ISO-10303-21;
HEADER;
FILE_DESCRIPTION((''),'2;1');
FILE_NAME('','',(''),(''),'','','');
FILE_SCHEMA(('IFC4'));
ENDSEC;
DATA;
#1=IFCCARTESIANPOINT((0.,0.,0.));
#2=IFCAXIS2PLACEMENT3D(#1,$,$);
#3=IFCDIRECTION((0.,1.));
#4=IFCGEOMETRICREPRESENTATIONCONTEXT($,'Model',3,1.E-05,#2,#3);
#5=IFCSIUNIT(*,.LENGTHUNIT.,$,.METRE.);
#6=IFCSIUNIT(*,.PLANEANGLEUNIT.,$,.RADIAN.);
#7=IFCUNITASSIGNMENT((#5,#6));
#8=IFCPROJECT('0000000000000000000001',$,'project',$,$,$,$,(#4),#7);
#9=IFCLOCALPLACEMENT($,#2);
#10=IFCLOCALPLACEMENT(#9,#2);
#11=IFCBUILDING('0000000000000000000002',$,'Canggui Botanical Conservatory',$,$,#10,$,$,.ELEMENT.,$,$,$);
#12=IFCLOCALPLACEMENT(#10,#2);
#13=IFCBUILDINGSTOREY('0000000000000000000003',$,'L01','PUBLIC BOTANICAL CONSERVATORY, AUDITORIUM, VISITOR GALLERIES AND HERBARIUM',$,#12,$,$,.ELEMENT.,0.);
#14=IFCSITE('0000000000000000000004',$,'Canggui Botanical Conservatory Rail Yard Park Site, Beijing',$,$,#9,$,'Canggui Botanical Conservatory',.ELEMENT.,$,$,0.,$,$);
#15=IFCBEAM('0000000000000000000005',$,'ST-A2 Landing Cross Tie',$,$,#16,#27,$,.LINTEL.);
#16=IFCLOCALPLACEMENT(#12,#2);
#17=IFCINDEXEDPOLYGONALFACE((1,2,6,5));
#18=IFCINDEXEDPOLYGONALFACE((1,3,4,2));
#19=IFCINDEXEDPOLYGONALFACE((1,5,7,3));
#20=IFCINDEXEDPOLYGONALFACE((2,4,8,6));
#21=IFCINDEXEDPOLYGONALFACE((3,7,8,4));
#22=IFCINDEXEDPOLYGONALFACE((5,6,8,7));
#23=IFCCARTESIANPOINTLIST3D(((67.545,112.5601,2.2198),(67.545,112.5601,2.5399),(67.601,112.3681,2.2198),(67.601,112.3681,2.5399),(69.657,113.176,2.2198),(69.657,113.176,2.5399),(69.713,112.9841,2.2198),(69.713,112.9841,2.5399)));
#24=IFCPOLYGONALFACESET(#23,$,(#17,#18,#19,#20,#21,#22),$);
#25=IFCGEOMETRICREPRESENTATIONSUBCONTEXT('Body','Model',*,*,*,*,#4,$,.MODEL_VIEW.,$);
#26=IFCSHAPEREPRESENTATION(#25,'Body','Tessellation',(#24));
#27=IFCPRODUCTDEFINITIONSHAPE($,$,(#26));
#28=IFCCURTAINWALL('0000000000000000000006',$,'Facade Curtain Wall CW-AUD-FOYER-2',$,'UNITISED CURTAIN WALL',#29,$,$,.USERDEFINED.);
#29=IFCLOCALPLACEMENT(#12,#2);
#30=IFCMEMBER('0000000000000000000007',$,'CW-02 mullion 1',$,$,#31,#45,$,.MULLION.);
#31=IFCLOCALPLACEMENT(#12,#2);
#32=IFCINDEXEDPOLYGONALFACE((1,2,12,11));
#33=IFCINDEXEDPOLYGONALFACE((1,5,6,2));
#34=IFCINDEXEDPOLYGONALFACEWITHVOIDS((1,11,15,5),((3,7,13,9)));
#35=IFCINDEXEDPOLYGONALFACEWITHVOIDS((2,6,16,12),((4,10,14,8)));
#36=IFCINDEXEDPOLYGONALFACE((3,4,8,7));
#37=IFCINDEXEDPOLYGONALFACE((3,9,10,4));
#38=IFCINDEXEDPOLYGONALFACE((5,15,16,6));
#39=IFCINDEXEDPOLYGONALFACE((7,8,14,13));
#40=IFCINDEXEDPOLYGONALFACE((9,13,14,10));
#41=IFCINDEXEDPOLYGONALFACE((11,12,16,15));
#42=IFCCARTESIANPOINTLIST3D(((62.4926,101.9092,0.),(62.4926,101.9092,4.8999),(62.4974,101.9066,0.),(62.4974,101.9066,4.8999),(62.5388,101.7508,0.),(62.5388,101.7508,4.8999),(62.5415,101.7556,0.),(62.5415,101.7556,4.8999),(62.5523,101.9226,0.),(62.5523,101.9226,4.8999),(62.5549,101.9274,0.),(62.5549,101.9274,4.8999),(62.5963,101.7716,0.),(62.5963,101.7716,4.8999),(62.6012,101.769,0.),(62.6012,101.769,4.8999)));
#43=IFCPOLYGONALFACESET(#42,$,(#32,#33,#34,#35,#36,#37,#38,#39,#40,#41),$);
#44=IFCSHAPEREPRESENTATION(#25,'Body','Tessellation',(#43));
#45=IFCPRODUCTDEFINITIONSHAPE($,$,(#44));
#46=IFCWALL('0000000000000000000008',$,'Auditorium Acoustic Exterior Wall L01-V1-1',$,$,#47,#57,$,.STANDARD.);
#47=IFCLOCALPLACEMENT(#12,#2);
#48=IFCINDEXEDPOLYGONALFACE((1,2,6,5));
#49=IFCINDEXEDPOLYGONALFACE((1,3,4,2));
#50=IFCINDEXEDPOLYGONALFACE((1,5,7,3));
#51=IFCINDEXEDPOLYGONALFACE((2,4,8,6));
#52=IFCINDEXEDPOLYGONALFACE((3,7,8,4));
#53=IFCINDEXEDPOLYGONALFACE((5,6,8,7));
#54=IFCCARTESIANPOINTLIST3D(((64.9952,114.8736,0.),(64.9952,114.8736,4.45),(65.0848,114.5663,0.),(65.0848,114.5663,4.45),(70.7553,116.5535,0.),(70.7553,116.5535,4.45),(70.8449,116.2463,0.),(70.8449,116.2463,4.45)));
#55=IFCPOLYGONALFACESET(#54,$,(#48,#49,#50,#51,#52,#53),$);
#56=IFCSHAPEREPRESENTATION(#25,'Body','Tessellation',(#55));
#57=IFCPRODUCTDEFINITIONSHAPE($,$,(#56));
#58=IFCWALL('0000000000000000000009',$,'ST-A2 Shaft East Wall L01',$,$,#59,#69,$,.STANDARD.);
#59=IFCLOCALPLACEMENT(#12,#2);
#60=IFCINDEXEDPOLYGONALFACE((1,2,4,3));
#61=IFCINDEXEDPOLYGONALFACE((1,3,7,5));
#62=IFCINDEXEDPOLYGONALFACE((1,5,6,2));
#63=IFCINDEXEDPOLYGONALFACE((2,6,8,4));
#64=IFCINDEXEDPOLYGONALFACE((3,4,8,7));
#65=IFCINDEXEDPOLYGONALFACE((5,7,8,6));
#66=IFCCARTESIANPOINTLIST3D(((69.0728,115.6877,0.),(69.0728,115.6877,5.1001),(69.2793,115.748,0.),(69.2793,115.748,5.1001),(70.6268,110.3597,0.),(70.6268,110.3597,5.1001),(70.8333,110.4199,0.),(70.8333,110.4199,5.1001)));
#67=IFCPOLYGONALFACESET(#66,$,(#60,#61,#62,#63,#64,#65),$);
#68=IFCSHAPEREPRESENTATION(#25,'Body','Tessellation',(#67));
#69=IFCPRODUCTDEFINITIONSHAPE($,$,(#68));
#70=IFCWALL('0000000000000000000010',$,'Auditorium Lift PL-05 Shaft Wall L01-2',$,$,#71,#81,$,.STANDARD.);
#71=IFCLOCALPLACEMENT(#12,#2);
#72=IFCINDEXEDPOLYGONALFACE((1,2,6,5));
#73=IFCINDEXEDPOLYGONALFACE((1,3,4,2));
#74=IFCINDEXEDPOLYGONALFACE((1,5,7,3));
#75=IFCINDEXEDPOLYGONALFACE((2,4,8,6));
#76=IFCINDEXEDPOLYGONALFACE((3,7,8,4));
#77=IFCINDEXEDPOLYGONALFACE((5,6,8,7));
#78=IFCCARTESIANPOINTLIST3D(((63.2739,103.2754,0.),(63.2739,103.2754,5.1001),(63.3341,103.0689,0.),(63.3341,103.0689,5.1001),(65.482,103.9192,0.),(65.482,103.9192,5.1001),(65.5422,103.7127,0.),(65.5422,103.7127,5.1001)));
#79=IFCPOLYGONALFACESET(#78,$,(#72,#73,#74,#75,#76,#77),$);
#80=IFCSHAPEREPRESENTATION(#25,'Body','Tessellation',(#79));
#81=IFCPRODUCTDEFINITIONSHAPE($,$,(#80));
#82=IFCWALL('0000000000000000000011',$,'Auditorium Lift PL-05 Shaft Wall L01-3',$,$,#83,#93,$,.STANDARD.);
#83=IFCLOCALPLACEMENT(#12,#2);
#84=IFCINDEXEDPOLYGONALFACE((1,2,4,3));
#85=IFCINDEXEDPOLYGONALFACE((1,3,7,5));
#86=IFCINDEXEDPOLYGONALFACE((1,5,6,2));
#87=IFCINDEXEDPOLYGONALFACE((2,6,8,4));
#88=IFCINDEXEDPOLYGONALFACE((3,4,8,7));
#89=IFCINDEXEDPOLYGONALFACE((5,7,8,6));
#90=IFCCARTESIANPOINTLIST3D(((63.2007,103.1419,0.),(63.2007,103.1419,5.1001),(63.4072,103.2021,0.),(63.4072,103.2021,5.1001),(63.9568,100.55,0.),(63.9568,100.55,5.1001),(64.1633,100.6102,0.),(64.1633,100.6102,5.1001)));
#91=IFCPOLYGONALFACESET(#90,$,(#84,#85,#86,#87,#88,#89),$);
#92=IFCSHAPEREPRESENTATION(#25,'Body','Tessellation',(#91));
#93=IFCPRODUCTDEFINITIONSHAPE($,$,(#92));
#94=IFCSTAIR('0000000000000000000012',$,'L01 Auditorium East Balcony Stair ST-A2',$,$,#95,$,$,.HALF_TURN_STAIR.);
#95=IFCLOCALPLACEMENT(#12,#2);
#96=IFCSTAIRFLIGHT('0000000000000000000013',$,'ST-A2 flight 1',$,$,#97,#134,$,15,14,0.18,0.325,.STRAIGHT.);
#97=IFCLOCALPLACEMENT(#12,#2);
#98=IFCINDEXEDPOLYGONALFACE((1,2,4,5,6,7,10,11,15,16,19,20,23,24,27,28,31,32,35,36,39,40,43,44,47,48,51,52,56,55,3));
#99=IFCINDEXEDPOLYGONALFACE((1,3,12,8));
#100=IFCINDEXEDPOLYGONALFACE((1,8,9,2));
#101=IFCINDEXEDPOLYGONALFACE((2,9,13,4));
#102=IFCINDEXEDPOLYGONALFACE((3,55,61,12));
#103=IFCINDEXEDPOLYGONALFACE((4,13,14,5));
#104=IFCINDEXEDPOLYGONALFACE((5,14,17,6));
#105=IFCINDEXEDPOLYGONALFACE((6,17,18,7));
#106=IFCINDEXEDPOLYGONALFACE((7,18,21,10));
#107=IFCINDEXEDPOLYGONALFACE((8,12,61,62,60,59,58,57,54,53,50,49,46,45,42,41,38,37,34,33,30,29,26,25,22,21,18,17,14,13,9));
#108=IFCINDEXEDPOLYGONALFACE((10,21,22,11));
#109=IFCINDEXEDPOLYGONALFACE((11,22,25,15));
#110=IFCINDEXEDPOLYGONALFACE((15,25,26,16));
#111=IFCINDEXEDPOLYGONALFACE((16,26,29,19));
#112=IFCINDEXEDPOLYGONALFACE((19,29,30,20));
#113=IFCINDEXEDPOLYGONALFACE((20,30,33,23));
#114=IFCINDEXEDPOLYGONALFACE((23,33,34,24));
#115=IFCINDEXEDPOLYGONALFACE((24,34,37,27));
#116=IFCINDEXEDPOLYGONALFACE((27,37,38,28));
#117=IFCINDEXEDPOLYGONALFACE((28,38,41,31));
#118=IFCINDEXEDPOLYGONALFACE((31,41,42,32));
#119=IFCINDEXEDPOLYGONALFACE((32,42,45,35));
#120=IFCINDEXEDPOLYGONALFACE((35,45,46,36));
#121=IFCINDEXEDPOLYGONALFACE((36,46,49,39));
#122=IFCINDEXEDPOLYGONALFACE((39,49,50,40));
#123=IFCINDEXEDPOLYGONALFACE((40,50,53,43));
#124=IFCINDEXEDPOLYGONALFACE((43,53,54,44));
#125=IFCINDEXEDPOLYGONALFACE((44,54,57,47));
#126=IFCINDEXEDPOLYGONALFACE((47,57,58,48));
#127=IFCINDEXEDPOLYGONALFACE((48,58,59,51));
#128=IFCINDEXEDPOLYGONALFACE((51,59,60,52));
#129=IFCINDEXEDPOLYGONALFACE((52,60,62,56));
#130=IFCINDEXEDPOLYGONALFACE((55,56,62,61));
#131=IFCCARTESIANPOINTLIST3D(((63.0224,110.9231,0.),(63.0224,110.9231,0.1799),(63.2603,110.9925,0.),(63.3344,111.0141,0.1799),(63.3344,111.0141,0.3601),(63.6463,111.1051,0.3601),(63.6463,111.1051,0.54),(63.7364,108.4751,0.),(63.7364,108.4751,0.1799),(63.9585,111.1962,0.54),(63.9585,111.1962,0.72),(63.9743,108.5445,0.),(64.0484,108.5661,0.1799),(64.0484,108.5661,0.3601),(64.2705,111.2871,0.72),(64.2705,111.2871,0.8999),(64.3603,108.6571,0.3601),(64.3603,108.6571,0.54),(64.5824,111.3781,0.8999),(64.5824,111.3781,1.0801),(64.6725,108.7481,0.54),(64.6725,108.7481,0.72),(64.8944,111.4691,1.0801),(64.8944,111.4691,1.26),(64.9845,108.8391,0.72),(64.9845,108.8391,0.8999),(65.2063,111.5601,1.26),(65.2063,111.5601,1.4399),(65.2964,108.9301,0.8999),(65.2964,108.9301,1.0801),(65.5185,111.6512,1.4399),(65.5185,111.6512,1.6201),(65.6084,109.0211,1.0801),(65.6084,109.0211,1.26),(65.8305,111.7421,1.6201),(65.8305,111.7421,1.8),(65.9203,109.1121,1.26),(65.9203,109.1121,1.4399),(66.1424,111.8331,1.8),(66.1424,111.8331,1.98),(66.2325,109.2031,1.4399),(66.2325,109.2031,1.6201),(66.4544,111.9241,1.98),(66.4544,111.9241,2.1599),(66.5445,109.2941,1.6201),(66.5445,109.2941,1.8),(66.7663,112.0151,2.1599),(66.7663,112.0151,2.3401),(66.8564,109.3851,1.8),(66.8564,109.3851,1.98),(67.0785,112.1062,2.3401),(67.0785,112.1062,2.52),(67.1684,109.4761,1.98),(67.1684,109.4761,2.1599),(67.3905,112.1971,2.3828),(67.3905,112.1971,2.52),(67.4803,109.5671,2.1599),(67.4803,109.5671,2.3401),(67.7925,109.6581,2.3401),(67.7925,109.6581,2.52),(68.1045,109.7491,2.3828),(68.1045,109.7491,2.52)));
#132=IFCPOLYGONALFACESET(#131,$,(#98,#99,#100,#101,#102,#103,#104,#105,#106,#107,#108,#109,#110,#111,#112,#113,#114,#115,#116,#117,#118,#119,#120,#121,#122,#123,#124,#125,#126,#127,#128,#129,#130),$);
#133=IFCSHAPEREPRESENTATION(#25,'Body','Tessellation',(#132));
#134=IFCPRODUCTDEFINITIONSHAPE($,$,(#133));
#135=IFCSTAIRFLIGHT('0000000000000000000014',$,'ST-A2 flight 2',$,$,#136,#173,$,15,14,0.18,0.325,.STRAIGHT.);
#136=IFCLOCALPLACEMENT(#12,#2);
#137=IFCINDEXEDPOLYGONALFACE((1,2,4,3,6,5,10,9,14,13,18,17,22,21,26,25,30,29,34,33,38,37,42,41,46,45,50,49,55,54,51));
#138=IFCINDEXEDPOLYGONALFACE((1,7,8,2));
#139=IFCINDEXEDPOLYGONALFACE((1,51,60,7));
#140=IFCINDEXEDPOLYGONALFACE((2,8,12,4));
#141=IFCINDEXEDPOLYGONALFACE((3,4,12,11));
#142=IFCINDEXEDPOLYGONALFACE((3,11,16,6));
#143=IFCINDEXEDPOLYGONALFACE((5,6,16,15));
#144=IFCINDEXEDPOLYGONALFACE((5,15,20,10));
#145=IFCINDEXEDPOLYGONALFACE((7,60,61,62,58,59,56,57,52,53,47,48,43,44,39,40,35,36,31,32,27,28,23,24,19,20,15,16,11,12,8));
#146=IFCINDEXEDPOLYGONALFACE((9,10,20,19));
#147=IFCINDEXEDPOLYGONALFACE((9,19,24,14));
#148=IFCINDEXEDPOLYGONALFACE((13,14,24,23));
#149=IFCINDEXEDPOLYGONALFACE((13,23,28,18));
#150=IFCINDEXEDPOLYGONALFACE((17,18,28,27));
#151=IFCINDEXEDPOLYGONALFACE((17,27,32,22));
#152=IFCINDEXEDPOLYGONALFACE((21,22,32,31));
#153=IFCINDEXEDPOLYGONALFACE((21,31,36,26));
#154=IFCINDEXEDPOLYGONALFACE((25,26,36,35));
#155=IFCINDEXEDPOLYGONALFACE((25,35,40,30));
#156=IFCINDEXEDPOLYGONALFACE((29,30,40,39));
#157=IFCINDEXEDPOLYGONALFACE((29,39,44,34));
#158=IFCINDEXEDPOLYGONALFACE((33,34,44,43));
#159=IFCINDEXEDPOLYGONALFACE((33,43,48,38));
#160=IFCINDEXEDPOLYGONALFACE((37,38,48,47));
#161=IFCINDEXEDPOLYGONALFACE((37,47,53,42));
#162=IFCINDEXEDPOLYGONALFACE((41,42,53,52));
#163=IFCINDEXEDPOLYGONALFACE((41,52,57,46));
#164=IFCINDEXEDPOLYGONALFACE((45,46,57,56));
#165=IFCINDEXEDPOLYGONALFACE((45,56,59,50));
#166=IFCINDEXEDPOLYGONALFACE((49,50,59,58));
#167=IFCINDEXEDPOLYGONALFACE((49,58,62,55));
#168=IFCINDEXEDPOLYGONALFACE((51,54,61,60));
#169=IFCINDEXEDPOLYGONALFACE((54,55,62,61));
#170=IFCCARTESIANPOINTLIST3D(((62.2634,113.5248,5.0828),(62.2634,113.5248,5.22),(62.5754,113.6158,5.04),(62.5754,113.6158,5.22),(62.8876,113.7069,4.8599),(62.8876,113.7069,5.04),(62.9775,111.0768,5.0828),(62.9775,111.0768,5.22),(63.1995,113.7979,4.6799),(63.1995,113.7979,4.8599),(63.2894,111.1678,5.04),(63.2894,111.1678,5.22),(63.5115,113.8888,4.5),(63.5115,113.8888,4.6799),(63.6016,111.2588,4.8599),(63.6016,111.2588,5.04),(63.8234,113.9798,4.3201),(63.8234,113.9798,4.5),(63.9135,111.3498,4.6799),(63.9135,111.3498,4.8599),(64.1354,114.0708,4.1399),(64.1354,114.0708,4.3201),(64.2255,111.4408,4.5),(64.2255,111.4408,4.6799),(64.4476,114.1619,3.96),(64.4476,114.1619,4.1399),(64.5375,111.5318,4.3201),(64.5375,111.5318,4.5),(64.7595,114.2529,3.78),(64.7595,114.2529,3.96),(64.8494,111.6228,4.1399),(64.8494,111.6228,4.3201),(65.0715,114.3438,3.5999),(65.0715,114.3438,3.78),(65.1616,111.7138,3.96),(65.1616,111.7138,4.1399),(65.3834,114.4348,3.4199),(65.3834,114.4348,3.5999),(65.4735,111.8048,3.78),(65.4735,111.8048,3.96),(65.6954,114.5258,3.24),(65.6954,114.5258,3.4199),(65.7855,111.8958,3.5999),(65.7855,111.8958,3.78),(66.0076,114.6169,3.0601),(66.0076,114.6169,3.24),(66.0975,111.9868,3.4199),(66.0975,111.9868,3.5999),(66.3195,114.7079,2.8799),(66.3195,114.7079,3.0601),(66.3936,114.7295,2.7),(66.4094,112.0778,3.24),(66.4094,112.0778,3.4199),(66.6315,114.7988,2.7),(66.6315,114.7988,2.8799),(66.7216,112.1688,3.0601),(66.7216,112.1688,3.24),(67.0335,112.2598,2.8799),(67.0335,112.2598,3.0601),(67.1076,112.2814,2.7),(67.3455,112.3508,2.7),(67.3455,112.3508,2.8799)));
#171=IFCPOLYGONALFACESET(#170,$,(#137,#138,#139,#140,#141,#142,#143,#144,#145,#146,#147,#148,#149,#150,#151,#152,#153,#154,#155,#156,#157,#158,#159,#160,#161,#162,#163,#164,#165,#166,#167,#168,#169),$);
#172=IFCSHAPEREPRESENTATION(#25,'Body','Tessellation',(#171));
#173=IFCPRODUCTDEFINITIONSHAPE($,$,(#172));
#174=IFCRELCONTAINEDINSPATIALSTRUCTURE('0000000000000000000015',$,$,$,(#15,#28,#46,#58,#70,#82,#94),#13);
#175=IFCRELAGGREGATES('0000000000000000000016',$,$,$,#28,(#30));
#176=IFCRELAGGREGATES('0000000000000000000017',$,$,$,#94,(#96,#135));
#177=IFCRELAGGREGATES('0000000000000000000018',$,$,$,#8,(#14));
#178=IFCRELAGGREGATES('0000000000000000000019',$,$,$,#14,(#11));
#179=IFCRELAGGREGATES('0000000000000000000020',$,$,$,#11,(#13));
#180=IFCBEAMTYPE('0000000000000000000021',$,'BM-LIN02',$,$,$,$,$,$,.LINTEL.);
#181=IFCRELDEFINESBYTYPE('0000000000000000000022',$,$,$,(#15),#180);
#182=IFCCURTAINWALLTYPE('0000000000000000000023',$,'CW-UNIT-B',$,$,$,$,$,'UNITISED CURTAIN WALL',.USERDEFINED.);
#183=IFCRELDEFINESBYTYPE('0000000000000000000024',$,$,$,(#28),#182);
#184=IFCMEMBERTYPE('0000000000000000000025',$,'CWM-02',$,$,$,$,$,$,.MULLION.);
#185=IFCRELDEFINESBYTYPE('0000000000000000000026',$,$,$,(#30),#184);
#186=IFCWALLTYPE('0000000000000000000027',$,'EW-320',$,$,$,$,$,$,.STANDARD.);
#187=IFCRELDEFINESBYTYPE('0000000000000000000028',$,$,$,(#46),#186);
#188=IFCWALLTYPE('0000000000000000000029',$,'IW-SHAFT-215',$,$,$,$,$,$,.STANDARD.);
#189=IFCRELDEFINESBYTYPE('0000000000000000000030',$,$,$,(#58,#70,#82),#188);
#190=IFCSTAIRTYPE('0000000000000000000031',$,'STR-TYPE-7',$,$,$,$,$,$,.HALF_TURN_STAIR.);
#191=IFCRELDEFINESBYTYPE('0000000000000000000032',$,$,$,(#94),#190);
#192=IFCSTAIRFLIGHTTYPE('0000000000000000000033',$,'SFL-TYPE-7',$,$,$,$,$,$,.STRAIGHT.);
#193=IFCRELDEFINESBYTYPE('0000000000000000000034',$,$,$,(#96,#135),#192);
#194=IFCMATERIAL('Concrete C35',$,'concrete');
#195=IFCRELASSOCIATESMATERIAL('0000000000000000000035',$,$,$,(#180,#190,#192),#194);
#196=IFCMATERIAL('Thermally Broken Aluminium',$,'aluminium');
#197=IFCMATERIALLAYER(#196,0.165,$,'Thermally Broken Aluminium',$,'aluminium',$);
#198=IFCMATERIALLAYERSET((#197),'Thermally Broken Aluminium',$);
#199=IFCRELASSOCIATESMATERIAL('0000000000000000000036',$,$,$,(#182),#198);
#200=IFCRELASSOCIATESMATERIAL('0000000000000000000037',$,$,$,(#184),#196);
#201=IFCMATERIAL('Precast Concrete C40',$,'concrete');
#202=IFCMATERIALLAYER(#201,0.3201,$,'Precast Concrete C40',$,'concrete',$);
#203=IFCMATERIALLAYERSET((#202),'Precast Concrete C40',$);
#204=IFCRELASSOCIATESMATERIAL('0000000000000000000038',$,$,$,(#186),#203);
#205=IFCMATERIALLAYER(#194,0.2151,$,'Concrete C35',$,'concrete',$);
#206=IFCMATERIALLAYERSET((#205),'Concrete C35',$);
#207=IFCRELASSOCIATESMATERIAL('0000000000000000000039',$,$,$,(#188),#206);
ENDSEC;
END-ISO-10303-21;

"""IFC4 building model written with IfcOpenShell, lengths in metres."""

from ifc_helpers import new_model, si_unit, direction, frame, frame_2d, origin, origin_2d, place, context, subcontext, project, spatial, polyline, rectangle, hollow_rectangle, outline, extrude, material, layer, layer_set, material_profile, profile_set, type_object, element, aggregate, save


model = new_model("IFC4")

# Units and contexts
model_context = context("Model", 3, precision=1e-05, world=origin(), true_north=direction((0.0, 1.0)))
body_context = subcontext(model_context, "Body", "Model", "MODEL_VIEW")
ifc_project = project(units=[si_unit("LENGTHUNIT", "METRE"), si_unit("PLANEANGLEUNIT", "RADIAN")], contexts=[model_context])

# Site, building, storey
site_placement = place(None, origin())
site = spatial("IfcSite", under=ifc_project, at=site_placement, Name="Canggui Botanical Conservatory Rail Yard Park Site, Beijing", LongName="Canggui Botanical Conservatory", CompositionType="ELEMENT", RefElevation=0.0)
building_placement = place(site_placement, origin())
building = spatial("IfcBuilding", under=site, at=building_placement, Name="Canggui Botanical Conservatory", CompositionType="ELEMENT")
storey_placement = place(building_placement, origin())
storey = spatial("IfcBuildingStorey", under=building, at=storey_placement, Name="L01", Description="PUBLIC BOTANICAL CONSERVATORY, AUDITORIUM, VISITOR GALLERIES AND HERBARIUM", CompositionType="ELEMENT", Elevation=0.0)

# Shared definitions
ifc_material_1 = material(Name="Concrete C35", Category="concrete")

# Beam
ifc_material_profile_1 = material_profile(ifc_material_1, rectangle(XDim=0.2, YDim=0.3201, at=origin_2d()), Name="RB 200x320")
ifc_profile_set_1 = profile_set([ifc_material_profile_1], Name="Concrete C35")
beam_type_1 = type_object("IfcBeamType", Name="BM-LIN02", PredefinedType="LINTEL", material=ifc_profile_set_1)
beam_1_placement = place(storey_placement, frame((67.573, 112.4641, 2.3799), z_axis=(0.960006, 0.279979, 0.0), x_axis=(-0.279979, 0.960006, 0.0)))
element("IfcBeam", 1, at=beam_1_placement, inside=storey, type_object=beam_type_1, Name="ST-A2 Landing Cross Tie", PredefinedType="LINTEL", context=body_context, shape_type="SweptSolid", body=[
    extrude(rectangle(XDim=0.2, YDim=0.3201, at=origin_2d()), origin(), (0.0, 0.0, 1.0), 2.2),
])

# Curtain wall, member
ifc_material_2 = material(Name="Thermally Broken Aluminium", Category="aluminium")
ifc_layer_1 = layer(ifc_material_2, 0.165, Name="Thermally Broken Aluminium", Category="aluminium")
ifc_layer_set_1 = layer_set([ifc_layer_1], Name="Thermally Broken Aluminium")
curtain_wall_type = type_object("IfcCurtainWallType", Name="CW-UNIT-B", ElementType="UNITISED CURTAIN WALL", PredefinedType="USERDEFINED", material=ifc_layer_set_1)
curtain_wall_placement = place(storey_placement, origin())
curtain_wall = element("IfcCurtainWall", 2, at=curtain_wall_placement, inside=storey, type_object=curtain_wall_type, Name="Facade Curtain Wall CW-AUD-FOYER-2", ObjectType="UNITISED CURTAIN WALL", PredefinedType="USERDEFINED")
ifc_material_profile_2 = material_profile(ifc_material_2, hollow_rectangle(XDim=0.0649, YDim=0.165, WallThickness=0.0039, at=origin_2d()), Name="CWM 65x165x4")
ifc_profile_set_2 = profile_set([ifc_material_profile_2], Name="Thermally Broken Aluminium")
member_type = type_object("IfcMemberType", Name="CWM-02", PredefinedType="MULLION", material=ifc_profile_set_2)
member_placement = place(storey_placement, frame((62.5469, 101.8391, 0.0), z_axis=(0.0, 0.0, 1.0), x_axis=(-0.96, -0.28, 0.0)))
member = element("IfcMember", 3, at=member_placement, type_object=member_type, Name="CW-02 mullion 1", PredefinedType="MULLION", context=body_context, shape_type="SweptSolid", body=[
    extrude(hollow_rectangle(XDim=0.0649, YDim=0.165, WallThickness=0.0039, at=origin_2d()), origin(), (0.0, 0.0, 1.0), 4.8999),
])
aggregate(curtain_wall, [member])

# Walls
ifc_material_3 = material(Name="Precast Concrete C40", Category="concrete")
ifc_layer_2 = layer(ifc_material_3, 0.3201, Name="Precast Concrete C40", Category="concrete")
ifc_layer_set_2 = layer_set([ifc_layer_2], Name="Precast Concrete C40")
wall_type_1 = type_object("IfcWallType", Name="EW-320", PredefinedType="STANDARD", material=ifc_layer_set_2)
wall_1_placement = place(storey_placement, frame((65.04, 114.72, 0.0), z_axis=(0.0, 0.0, 1.0), x_axis=(0.960003, 0.279989, 0.0)))
element("IfcWall", 4, at=wall_1_placement, inside=storey, type_object=wall_type_1, Name="Auditorium Acoustic Exterior Wall L01-V1-1", PredefinedType="STANDARD", context=body_context, shape_type="SweptSolid", body=[
    extrude(rectangle(XDim=6.0, YDim=0.3201, at=frame_2d((3.0, 0.0))), origin(), (0.0, 0.0, 1.0), 4.45),
])
ifc_layer_3 = layer(ifc_material_1, 0.2151, Name="Concrete C35", Category="concrete")
ifc_layer_set_3 = layer_set([ifc_layer_3], Name="Concrete C35")
wall_type_2 = type_object("IfcWallType", Name="IW-SHAFT-215", PredefinedType="STANDARD", material=ifc_layer_set_3)
wall_2_placement = place(storey_placement, frame((70.73, 110.3899, 0.0), z_axis=(0.0, 0.0, 1.0), x_axis=(-0.279986, 0.960004, 0.0)))
element("IfcWall", 5, at=wall_2_placement, inside=storey, type_object=wall_type_2, Name="ST-A2 Shaft East Wall L01", PredefinedType="STANDARD", context=body_context, shape_type="SweptSolid", body=[
    extrude(rectangle(XDim=5.55, YDim=0.2151, at=frame_2d((2.7749, 0.0))), origin(), (0.0, 0.0, 1.0), 5.1001),
])
wall_3_placement = place(storey_placement, frame((65.512, 103.8159, 0.0), z_axis=(0.0, 0.0, 1.0), x_axis=(-0.960024, -0.279918, 0.0)))
element("IfcWall", 6, at=wall_3_placement, inside=storey, type_object=wall_type_2, Name="Auditorium Lift PL-05 Shaft Wall L01-2", PredefinedType="STANDARD", context=body_context, shape_type="SweptSolid", body=[
    extrude(rectangle(XDim=2.3, YDim=0.2151, at=frame_2d((1.1499, 0.0))), origin(), (0.0, 0.0, 1.0), 5.1001),
])
wall_4_placement = place(storey_placement, frame((63.304, 103.1721, 0.0), z_axis=(0.0, 0.0, 1.0), x_axis=(0.280031, -0.959991, 0.0)))
element("IfcWall", 7, at=wall_4_placement, inside=storey, type_object=wall_type_2, Name="Auditorium Lift PL-05 Shaft Wall L01-3", PredefinedType="STANDARD", context=body_context, shape_type="SweptSolid", body=[
    extrude(rectangle(XDim=2.7, YDim=0.2151, at=frame_2d((1.3501, 0.0))), origin(), (0.0, 0.0, 1.0), 5.1001),
])

# Stair, stair flights
stair_type = type_object("IfcStairType", Name="STR-TYPE-7", PredefinedType="HALF_TURN_STAIR", material=ifc_material_1)
stair_placement = place(storey_placement, origin())
stair = element("IfcStair", 8, at=stair_placement, inside=storey, type_object=stair_type, Name="L01 Auditorium East Balcony Stair ST-A2", PredefinedType="HALF_TURN_STAIR")
stair_flight_type = type_object("IfcStairFlightType", Name="SFL-TYPE-7", PredefinedType="STRAIGHT", material=ifc_material_1)
stair_flight_1_placement = place(storey_placement, frame((63.3794, 109.6992, 0.0), z_axis=(0.0, 0.0, 1.0), x_axis=(0.96, 0.28, 0.0)))
stair_flight_1 = element("IfcStairFlight", 9, at=stair_flight_1_placement, type_object=stair_flight_type, Name="ST-A2 flight 1", NumberOfRisers=15, NumberOfTreads=14, PredefinedType="STRAIGHT", RiserHeight=0.18, TreadLength=0.325, context=body_context, shape_type="SweptSolid", body=[
    extrude(outline(polyline([(0.0, 0.0), (0.0, 0.1799), (0.325, 0.1799), (0.325, 0.3601), (0.6499, 0.3601), (0.6499, 0.54), (0.9751, 0.54), (0.9751, 0.72), (1.3, 0.72), (1.3, 0.8999), (1.625, 0.8999), (1.625, 1.0801), (1.95, 1.0801), (1.95, 1.26), (2.2749, 1.26), (2.2749, 1.4399), (2.6001, 1.4399), (2.6001, 1.6201), (2.925, 1.6201), (2.925, 1.8), (3.25, 1.8), (3.25, 1.98), (3.575, 1.98), (3.575, 2.1599), (3.8999, 2.1599), (3.8999, 2.3401), (4.2251, 2.3401), (4.2251, 2.52), (4.55, 2.52), (4.55, 2.7), (4.55, 2.3828), (0.2478, 0.0), (0.0, 0.0)])), frame((0.0, 1.2749, 0.0), z_axis=(0.0, -1.0, 0.0), x_axis=(1.0, 0.0, 0.0)), (0.0, 0.0, 1.0), 2.55),
])
stair_flight_2_placement = place(storey_placement, frame((66.9885, 113.5747, 2.7), z_axis=(0.0, 0.0, 1.0), x_axis=(-0.96, -0.28, 0.0)))
stair_flight_2 = element("IfcStairFlight", 10, at=stair_flight_2_placement, type_object=stair_flight_type, Name="ST-A2 flight 2", NumberOfRisers=15, NumberOfTreads=14, PredefinedType="STRAIGHT", RiserHeight=0.18, TreadLength=0.325, context=body_context, shape_type="SweptSolid", body=[
    extrude(outline(polyline([(0.0, 0.0), (0.0, 0.1799), (0.325, 0.1799), (0.325, 0.3601), (0.6499, 0.3601), (0.6499, 0.54), (0.9751, 0.54), (0.9751, 0.72), (1.3, 0.72), (1.3, 0.8999), (1.625, 0.8999), (1.625, 1.0801), (1.95, 1.0801), (1.95, 1.26), (2.2749, 1.26), (2.2749, 1.4399), (2.6001, 1.4399), (2.6001, 1.6201), (2.925, 1.6201), (2.925, 1.8), (3.25, 1.8), (3.25, 1.98), (3.575, 1.98), (3.575, 2.1599), (3.8999, 2.1599), (3.8999, 2.3401), (4.2251, 2.3401), (4.2251, 2.52), (4.55, 2.52), (4.55, 2.7), (4.55, 2.3828), (0.2478, 0.0), (0.0, 0.0)])), frame((0.0, 1.2749, 0.0), z_axis=(0.0, -1.0, 0.0), x_axis=(1.0, 0.0, 0.0)), (0.0, 0.0, 1.0), 2.55),
])
aggregate(stair, [stair_flight_1, stair_flight_2])

save(model, "model.ifc")
